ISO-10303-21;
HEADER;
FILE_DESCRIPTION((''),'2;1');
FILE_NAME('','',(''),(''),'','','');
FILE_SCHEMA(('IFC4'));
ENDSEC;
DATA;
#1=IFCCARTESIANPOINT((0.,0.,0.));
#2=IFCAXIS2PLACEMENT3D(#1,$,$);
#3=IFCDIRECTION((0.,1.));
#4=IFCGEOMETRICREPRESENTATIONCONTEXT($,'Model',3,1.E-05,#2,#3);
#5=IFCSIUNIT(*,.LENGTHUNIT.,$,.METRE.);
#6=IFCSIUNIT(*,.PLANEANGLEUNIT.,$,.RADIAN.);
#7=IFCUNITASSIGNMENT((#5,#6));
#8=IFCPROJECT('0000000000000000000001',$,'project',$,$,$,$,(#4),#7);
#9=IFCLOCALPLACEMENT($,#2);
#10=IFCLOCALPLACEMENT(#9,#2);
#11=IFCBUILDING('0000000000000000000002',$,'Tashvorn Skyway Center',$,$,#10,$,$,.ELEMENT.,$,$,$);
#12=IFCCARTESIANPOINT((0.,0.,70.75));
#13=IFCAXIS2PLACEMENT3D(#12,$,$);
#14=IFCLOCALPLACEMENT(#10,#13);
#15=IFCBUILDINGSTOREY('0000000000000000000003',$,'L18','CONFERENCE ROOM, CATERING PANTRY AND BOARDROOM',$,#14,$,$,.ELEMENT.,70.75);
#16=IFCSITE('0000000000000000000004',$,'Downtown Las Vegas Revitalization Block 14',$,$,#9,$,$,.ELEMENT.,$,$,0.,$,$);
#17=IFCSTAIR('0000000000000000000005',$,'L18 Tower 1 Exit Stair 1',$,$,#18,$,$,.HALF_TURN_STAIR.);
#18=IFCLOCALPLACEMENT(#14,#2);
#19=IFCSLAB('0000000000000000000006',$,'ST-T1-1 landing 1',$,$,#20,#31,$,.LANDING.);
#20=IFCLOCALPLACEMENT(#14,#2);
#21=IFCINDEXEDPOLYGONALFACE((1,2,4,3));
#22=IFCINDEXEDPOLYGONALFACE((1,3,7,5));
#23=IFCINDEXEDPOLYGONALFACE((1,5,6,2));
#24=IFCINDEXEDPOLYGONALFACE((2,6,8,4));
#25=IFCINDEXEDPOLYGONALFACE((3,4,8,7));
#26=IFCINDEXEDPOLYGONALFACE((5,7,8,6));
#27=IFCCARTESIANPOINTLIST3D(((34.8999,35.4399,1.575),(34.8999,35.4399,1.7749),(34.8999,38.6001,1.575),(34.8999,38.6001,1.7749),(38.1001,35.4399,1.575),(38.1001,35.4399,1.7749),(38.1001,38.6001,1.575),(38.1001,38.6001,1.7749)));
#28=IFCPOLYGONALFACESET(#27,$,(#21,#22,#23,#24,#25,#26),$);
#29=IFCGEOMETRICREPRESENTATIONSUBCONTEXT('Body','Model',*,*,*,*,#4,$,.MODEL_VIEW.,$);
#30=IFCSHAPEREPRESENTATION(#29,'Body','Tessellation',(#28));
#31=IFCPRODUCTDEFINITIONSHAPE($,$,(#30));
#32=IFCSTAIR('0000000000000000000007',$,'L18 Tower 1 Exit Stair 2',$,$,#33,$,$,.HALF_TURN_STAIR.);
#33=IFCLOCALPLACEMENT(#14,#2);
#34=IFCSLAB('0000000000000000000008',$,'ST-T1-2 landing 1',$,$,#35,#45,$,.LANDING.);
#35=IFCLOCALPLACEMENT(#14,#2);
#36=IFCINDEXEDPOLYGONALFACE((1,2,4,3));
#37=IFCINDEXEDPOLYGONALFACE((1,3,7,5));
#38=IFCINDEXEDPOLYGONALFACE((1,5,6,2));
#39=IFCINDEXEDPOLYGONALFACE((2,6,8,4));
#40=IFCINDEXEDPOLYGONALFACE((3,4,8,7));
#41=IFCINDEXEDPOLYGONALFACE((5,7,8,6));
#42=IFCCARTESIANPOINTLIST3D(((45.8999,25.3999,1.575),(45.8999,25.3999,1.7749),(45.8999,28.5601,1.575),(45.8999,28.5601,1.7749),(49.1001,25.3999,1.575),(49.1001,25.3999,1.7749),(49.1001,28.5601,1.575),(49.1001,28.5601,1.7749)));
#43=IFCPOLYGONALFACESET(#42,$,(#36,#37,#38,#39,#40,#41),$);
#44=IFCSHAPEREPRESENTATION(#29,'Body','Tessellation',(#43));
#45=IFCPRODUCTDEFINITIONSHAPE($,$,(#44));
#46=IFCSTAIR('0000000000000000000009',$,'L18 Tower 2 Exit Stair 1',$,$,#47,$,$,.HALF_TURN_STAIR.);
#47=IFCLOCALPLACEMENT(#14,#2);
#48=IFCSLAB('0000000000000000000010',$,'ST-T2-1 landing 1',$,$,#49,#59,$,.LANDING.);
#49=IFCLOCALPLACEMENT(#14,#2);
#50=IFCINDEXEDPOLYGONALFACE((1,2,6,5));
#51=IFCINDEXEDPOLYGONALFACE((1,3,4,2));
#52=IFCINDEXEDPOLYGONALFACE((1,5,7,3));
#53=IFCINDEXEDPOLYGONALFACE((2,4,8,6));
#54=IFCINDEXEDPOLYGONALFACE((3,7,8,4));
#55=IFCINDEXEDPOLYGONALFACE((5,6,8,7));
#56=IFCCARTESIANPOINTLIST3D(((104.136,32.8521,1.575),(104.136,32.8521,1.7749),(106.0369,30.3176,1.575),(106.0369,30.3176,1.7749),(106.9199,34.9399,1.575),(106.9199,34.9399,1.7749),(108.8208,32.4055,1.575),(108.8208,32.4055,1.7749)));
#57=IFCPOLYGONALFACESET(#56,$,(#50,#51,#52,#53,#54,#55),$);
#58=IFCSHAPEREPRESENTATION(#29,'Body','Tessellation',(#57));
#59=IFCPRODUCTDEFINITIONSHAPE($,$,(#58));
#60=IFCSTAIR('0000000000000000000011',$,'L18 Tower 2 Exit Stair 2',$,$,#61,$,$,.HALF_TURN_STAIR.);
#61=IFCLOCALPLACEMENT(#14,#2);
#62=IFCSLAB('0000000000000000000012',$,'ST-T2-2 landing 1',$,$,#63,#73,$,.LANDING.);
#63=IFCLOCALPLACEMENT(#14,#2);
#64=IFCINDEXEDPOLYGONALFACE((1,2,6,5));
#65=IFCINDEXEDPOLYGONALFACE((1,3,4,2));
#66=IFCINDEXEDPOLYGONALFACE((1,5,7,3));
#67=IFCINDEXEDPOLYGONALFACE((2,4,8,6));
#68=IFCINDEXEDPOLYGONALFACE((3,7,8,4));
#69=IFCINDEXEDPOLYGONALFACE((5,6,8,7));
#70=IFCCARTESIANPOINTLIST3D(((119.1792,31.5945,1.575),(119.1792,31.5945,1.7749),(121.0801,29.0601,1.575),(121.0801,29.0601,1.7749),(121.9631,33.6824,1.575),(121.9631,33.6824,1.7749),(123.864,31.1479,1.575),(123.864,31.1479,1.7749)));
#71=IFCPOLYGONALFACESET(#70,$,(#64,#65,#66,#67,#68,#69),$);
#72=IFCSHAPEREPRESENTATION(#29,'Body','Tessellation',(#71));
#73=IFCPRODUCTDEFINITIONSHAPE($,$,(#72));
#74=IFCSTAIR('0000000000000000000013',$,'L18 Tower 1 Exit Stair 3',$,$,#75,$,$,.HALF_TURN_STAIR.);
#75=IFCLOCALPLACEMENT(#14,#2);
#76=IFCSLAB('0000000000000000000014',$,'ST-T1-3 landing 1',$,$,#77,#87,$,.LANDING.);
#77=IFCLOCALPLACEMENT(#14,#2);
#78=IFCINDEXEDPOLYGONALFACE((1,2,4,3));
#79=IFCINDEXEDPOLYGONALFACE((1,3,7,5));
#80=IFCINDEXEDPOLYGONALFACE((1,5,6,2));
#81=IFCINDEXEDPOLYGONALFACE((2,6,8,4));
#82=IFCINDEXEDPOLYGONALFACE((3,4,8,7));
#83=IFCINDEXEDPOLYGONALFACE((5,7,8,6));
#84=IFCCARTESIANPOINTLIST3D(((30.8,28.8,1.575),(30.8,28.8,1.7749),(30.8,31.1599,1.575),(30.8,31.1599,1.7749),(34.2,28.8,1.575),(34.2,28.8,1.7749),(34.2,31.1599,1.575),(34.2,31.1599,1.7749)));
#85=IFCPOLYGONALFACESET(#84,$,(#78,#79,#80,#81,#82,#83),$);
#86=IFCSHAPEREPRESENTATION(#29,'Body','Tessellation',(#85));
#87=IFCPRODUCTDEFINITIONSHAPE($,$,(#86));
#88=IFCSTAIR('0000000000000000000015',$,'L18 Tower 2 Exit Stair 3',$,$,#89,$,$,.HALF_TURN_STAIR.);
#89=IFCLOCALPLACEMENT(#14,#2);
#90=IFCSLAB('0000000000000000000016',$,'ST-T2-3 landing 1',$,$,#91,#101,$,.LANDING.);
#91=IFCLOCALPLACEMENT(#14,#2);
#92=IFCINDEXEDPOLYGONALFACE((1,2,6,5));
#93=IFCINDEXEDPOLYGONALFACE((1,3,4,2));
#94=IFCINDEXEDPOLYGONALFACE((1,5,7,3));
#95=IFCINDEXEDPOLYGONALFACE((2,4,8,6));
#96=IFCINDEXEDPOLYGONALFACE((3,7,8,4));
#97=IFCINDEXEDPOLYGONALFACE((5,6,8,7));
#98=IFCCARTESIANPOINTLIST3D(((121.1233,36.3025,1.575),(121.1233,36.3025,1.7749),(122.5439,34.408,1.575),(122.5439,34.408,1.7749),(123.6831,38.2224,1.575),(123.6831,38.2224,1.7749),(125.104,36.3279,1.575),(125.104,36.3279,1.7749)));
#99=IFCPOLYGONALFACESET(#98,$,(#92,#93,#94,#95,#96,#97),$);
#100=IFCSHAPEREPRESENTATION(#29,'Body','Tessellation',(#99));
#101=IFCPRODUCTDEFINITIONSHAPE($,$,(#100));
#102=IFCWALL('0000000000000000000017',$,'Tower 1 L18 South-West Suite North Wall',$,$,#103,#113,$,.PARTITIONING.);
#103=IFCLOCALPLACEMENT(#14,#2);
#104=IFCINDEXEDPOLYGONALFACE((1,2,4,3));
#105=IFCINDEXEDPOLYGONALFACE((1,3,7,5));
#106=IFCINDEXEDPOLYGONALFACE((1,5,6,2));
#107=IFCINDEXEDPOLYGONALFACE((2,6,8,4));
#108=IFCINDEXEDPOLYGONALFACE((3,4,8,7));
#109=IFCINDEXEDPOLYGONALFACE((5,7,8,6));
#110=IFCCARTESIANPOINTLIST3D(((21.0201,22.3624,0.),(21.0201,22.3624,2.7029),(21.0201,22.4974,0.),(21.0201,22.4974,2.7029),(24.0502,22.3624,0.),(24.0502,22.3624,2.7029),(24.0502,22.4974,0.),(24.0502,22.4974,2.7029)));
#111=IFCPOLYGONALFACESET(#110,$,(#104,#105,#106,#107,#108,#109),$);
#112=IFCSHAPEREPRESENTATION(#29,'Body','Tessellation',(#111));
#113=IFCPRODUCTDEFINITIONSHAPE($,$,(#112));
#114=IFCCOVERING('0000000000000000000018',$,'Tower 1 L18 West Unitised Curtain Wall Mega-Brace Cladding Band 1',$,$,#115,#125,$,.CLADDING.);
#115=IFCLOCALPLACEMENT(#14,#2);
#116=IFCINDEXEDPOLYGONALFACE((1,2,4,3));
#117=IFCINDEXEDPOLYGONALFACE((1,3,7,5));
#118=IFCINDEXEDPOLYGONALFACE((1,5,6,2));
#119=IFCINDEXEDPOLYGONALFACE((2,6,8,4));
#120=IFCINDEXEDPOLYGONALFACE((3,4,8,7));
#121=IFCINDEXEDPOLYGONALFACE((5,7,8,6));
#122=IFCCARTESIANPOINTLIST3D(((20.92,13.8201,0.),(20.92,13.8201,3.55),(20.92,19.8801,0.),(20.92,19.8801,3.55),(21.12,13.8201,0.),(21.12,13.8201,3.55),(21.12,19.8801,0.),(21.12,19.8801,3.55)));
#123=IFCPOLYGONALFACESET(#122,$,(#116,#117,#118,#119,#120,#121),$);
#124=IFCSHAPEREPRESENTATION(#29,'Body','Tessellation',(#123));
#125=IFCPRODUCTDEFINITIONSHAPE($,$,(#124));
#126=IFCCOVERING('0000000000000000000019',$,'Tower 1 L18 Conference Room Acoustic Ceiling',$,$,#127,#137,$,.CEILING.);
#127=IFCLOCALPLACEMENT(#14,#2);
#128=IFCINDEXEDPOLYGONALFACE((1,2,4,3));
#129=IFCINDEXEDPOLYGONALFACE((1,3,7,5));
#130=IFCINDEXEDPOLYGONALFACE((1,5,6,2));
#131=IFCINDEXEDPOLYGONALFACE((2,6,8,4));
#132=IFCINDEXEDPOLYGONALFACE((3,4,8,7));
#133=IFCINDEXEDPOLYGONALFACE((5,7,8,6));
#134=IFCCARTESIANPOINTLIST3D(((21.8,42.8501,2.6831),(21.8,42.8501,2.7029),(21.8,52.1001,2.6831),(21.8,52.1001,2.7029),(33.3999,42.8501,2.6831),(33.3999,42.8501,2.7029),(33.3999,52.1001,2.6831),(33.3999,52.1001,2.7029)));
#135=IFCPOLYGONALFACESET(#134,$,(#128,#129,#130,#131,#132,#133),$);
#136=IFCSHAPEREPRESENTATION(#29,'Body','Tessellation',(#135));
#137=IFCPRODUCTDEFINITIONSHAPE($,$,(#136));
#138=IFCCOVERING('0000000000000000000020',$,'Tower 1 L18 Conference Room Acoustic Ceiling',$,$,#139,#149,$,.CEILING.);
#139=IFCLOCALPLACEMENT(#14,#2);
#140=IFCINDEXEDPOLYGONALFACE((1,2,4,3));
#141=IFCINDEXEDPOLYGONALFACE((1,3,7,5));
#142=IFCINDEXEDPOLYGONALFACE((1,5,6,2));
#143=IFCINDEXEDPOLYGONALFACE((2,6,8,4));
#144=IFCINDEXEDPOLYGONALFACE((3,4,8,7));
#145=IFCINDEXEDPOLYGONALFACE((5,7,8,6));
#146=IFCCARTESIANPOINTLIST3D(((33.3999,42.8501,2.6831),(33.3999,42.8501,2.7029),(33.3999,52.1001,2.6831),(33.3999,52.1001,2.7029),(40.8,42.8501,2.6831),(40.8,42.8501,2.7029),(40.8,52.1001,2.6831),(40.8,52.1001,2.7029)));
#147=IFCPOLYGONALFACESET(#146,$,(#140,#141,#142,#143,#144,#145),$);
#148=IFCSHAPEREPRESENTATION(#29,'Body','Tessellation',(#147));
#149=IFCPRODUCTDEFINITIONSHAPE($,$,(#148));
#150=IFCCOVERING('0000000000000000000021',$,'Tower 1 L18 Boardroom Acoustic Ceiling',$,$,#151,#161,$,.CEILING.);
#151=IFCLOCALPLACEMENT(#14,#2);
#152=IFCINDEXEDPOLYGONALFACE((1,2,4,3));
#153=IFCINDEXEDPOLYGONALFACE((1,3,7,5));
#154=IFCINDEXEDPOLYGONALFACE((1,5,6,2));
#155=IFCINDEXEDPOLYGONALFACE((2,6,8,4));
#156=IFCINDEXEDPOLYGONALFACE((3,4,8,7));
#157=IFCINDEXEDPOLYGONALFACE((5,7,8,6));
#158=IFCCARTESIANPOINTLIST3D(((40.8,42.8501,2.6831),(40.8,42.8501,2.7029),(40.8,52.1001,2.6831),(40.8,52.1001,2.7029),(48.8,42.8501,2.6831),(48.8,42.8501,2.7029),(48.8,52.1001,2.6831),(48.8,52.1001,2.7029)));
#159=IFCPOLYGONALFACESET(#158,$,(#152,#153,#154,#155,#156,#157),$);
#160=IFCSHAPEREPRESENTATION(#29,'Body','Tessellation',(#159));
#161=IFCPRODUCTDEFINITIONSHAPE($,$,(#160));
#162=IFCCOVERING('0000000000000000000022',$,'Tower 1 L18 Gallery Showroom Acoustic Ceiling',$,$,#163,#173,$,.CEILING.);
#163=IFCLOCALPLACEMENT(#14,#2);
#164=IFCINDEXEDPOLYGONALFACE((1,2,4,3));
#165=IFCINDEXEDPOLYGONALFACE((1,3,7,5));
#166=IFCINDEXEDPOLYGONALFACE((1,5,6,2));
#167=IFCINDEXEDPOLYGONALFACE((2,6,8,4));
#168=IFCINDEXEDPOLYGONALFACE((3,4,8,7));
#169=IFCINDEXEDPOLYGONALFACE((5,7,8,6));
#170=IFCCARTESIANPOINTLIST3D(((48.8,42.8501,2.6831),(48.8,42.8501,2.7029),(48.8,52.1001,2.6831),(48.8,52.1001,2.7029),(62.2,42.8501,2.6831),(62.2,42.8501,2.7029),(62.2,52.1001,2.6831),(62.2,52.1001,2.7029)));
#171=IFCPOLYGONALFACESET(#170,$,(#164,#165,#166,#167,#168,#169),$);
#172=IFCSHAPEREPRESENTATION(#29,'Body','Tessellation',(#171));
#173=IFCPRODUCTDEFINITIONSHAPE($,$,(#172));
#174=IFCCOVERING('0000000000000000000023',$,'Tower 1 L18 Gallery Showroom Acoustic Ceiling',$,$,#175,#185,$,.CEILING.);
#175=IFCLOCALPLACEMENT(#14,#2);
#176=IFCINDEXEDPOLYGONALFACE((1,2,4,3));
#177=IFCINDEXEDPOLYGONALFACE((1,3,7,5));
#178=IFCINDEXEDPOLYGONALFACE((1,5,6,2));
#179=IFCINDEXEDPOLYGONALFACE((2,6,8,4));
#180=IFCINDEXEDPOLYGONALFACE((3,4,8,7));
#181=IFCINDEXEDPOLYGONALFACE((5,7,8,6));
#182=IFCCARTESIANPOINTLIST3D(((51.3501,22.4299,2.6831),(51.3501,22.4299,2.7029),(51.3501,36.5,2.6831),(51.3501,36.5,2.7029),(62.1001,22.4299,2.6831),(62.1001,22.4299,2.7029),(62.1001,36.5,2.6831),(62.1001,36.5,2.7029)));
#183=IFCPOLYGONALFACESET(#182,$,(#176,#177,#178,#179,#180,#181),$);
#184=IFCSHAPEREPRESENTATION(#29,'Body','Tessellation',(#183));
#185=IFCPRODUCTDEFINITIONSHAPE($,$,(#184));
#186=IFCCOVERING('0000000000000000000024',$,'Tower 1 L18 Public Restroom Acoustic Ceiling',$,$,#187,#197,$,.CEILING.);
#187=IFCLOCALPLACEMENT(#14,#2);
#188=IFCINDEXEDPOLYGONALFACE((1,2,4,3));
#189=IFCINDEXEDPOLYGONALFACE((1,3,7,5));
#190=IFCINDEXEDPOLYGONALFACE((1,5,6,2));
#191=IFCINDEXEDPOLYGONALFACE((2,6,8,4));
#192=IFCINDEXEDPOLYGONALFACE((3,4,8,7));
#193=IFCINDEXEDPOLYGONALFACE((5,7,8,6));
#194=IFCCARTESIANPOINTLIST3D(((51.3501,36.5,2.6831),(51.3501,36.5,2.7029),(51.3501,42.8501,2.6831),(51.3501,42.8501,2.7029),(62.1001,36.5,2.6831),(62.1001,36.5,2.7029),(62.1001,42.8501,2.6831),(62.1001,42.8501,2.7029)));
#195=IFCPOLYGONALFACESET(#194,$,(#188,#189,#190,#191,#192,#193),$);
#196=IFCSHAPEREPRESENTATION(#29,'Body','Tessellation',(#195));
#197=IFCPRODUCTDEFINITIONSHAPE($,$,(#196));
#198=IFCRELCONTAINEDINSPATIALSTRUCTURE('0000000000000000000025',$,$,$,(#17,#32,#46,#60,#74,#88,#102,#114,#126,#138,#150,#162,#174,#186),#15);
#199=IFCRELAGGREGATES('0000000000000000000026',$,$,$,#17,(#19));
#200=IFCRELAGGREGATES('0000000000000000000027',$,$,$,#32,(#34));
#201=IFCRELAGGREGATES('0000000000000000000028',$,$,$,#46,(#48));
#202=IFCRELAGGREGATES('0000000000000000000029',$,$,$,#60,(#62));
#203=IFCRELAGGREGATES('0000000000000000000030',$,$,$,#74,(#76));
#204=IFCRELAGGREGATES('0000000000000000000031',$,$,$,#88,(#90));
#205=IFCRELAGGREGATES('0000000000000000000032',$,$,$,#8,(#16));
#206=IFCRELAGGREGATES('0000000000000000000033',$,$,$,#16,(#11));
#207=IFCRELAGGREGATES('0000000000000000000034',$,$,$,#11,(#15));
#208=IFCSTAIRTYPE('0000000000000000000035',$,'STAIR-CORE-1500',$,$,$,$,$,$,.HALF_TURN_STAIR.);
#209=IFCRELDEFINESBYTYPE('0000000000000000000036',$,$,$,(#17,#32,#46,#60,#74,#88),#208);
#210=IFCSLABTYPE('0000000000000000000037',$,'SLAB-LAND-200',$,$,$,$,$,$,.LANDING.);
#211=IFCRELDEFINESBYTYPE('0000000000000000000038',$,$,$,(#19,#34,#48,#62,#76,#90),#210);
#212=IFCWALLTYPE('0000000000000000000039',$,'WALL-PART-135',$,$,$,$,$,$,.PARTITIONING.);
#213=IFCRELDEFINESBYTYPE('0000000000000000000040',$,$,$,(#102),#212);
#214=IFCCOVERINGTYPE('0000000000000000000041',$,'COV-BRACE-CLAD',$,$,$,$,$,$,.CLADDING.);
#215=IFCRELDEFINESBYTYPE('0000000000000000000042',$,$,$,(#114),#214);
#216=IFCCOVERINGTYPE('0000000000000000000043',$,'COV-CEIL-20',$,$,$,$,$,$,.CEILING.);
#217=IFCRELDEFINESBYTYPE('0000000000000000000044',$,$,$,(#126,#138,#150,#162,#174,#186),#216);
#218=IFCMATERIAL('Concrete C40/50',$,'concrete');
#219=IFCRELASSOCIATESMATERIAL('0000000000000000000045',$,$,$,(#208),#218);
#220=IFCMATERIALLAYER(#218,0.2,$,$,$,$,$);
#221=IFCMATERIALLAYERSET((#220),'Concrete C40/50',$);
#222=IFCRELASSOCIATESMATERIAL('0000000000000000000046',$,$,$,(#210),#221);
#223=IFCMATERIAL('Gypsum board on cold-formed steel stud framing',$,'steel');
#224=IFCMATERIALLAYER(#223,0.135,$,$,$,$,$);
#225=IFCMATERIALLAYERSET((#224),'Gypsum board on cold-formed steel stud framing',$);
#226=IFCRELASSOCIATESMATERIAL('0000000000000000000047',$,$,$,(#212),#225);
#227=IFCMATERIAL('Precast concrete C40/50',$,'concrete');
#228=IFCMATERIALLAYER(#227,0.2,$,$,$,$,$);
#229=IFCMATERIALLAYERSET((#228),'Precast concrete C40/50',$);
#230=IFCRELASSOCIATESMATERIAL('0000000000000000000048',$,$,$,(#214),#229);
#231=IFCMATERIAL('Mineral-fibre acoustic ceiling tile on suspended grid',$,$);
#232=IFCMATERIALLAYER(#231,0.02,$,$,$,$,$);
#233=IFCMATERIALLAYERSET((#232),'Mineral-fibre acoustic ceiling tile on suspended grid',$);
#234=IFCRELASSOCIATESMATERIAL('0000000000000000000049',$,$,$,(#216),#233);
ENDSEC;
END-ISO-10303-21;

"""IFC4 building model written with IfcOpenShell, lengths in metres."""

from ifc_helpers import new_model, si_unit, direction, frame, frame_2d, origin, origin_2d, place, context, subcontext, project, spatial, polyline, rectangle, outline, extrude, material, layer, layer_set, type_object, element, aggregate, save


model = new_model("IFC4")

# Units and contexts
model_context = context("Model", 3, precision=1e-05, world=origin(), true_north=direction((0.0, 1.0)))
body_context = subcontext(model_context, "Body", "Model", "MODEL_VIEW")
ifc_project = project(units=[si_unit("LENGTHUNIT", "METRE"), si_unit("PLANEANGLEUNIT", "RADIAN")], contexts=[model_context])

# Site, building, storey
site_placement = place(None, origin())
site = spatial("IfcSite", under=ifc_project, at=site_placement, Name="Downtown Las Vegas Revitalization Block 14", CompositionType="ELEMENT", RefElevation=0.0)
building_placement = place(site_placement, origin())
building = spatial("IfcBuilding", under=site, at=building_placement, Name="Tashvorn Skyway Center", CompositionType="ELEMENT")
storey_placement = place(building_placement, frame((0.0, 0.0, 70.75)))
storey = spatial("IfcBuildingStorey", under=building, at=storey_placement, Name="L18", Description="CONFERENCE ROOM, CATERING PANTRY AND BOARDROOM", CompositionType="ELEMENT", Elevation=70.75)

# Shared definitions
ifc_material_1 = material(Name="Concrete C40/50", Category="concrete")

# Stairs, slabs
stair_type = type_object("IfcStairType", Name="STAIR-CORE-1500", PredefinedType="HALF_TURN_STAIR", material=ifc_material_1)
stair_1_placement = place(storey_placement, origin())
stair_1 = element("IfcStair", 1, at=stair_1_placement, inside=storey, type_object=stair_type, Name="L18 Tower 1 Exit Stair 1", PredefinedType="HALF_TURN_STAIR")
ifc_layer_1 = layer(ifc_material_1, 0.2)
ifc_layer_set_1 = layer_set([ifc_layer_1], Name="Concrete C40/50")
slab_type_1 = type_object("IfcSlabType", Name="SLAB-LAND-200", PredefinedType="LANDING", material=ifc_layer_set_1)
slab_1_placement = place(storey_placement, frame((0.0, 0.0, 1.575)))
slab_1 = element("IfcSlab", 2, at=slab_1_placement, type_object=slab_type_1, Name="ST-T1-1 landing 1", PredefinedType="LANDING", context=body_context, shape_type="SweptSolid", body=[
    extrude(outline(polyline([(38.1001, 35.4399), (38.1001, 38.6001), (34.8999, 38.6001), (34.8999, 35.4399), (38.1001, 35.4399)])), origin(), (0.0, 0.0, 1.0), 0.2),
])
aggregate(stair_1, [slab_1])
stair_2_placement = place(storey_placement, origin())
stair_2 = element("IfcStair", 3, at=stair_2_placement, inside=storey, type_object=stair_type, Name="L18 Tower 1 Exit Stair 2", PredefinedType="HALF_TURN_STAIR")
slab_2_placement = place(storey_placement, frame((0.0, 0.0, 1.575)))
slab_2 = element("IfcSlab", 4, at=slab_2_placement, type_object=slab_type_1, Name="ST-T1-2 landing 1", PredefinedType="LANDING", context=body_context, shape_type="SweptSolid", body=[
    extrude(outline(polyline([(45.8999, 28.5601), (45.8999, 25.3999), (49.1001, 25.3999), (49.1001, 28.5601), (45.8999, 28.5601)])), origin(), (0.0, 0.0, 1.0), 0.2),
])
aggregate(stair_2, [slab_2])
stair_3_placement = place(storey_placement, origin())
stair_3 = element("IfcStair", 5, at=stair_3_placement, inside=storey, type_object=stair_type, Name="L18 Tower 2 Exit Stair 1", PredefinedType="HALF_TURN_STAIR")
slab_3_placement = place(storey_placement, frame((0.0, 0.0, 1.575)))
slab_3 = element("IfcSlab", 6, at=slab_3_placement, type_object=slab_type_1, Name="ST-T2-1 landing 1", PredefinedType="LANDING", context=body_context, shape_type="SweptSolid", body=[
    extrude(outline(polyline([(108.8208, 32.4055), (106.9199, 34.9399), (104.136, 32.8521), (106.0369, 30.3176), (108.8208, 32.4055)])), origin(), (0.0, 0.0, 1.0), 0.2),
])
aggregate(stair_3, [slab_3])
stair_4_placement = place(storey_placement, origin())
stair_4 = element("IfcStair", 7, at=stair_4_placement, inside=storey, type_object=stair_type, Name="L18 Tower 2 Exit Stair 2", PredefinedType="HALF_TURN_STAIR")
slab_4_placement = place(storey_placement, frame((0.0, 0.0, 1.575)))
slab_4 = element("IfcSlab", 8, at=slab_4_placement, type_object=slab_type_1, Name="ST-T2-2 landing 1", PredefinedType="LANDING", context=body_context, shape_type="SweptSolid", body=[
    extrude(outline(polyline([(119.1792, 31.5945), (121.0801, 29.0601), (123.864, 31.1479), (121.9631, 33.6824), (119.1792, 31.5945)])), origin(), (0.0, 0.0, 1.0), 0.2),
])
aggregate(stair_4, [slab_4])
stair_5_placement = place(storey_placement, origin())
stair_5 = element("IfcStair", 9, at=stair_5_placement, inside=storey, type_object=stair_type, Name="L18 Tower 1 Exit Stair 3", PredefinedType="HALF_TURN_STAIR")
slab_5_placement = place(storey_placement, frame((0.0, 0.0, 1.575)))
slab_5 = element("IfcSlab", 10, at=slab_5_placement, type_object=slab_type_1, Name="ST-T1-3 landing 1", PredefinedType="LANDING", context=body_context, shape_type="SweptSolid", body=[
    extrude(outline(polyline([(30.8, 31.1599), (30.8, 28.8), (34.2, 28.8), (34.2, 31.1599), (30.8, 31.1599)])), origin(), (0.0, 0.0, 1.0), 0.2),
])
aggregate(stair_5, [slab_5])
stair_6_placement = place(storey_placement, origin())
stair_6 = element("IfcStair", 11, at=stair_6_placement, inside=storey, type_object=stair_type, Name="L18 Tower 2 Exit Stair 3", PredefinedType="HALF_TURN_STAIR")
slab_6_placement = place(storey_placement, frame((0.0, 0.0, 1.575)))
slab_6 = element("IfcSlab", 12, at=slab_6_placement, type_object=slab_type_1, Name="ST-T2-3 landing 1", PredefinedType="LANDING", context=body_context, shape_type="SweptSolid", body=[
    extrude(outline(polyline([(121.1233, 36.3025), (122.5439, 34.408), (125.104, 36.3279), (123.6831, 38.2224), (121.1233, 36.3025)])), origin(), (0.0, 0.0, 1.0), 0.2),
])
aggregate(stair_6, [slab_6])

# Wall
ifc_material_2 = material(Name="Gypsum board on cold-formed steel stud framing", Category="steel")
ifc_layer_2 = layer(ifc_material_2, 0.135)
ifc_layer_set_2 = layer_set([ifc_layer_2], Name="Gypsum board on cold-formed steel stud framing")
wall_type = type_object("IfcWallType", Name="WALL-PART-135", PredefinedType="PARTITIONING", material=ifc_layer_set_2)
wall_placement = place(storey_placement, frame((21.02, 22.4299, 0.0), z_axis=(0.0, 0.0, 1.0), x_axis=(1.0, 0.0, 0.0)))
element("IfcWall", 13, at=wall_placement, inside=storey, type_object=wall_type, Name="Tower 1 L18 South-West Suite North Wall", PredefinedType="PARTITIONING", context=body_context, shape_type="SweptSolid", body=[
    extrude(rectangle(XDim=3.03, YDim=0.135, at=frame_2d((1.5151, 0.0))), origin(), (0.0, 0.0, 1.0), 2.7029),
])

# Coverings
ifc_material_3 = material(Name="Precast concrete C40/50", Category="concrete")
ifc_layer_3 = layer(ifc_material_3, 0.2)
ifc_layer_set_3 = layer_set([ifc_layer_3], Name="Precast concrete C40/50")
covering_type_1 = type_object("IfcCoveringType", Name="COV-BRACE-CLAD", PredefinedType="CLADDING", material=ifc_layer_set_3)
covering_1_placement = place(storey_placement, frame((21.02, 16.8501, 0.0), z_axis=(0.0, 0.0, 1.0), x_axis=(0.0, 1.0, 0.0)))
element("IfcCovering", 14, at=covering_1_placement, inside=storey, type_object=covering_type_1, Name="Tower 1 L18 West Unitised Curtain Wall Mega-Brace Cladding Band 1", PredefinedType="CLADDING", context=body_context, shape_type="SweptSolid", body=[
    extrude(rectangle(XDim=6.0601, YDim=0.2, at=origin_2d()), origin(), (0.0, 0.0, 1.0), 3.55),
])
ifc_material_4 = material(Name="Mineral-fibre acoustic ceiling tile on suspended grid")
ifc_layer_4 = layer(ifc_material_4, 0.02)
ifc_layer_set_4 = layer_set([ifc_layer_4], Name="Mineral-fibre acoustic ceiling tile on suspended grid")
covering_type_2 = type_object("IfcCoveringType", Name="COV-CEIL-20", PredefinedType="CEILING", material=ifc_layer_set_4)
covering_2_placement = place(storey_placement, frame((0.0, 0.0, 2.6831)))
element("IfcCovering", 15, at=covering_2_placement, inside=storey, type_object=covering_type_2, Name="Tower 1 L18 Conference Room Acoustic Ceiling", PredefinedType="CEILING", context=body_context, shape_type="SweptSolid", body=[
    extrude(outline(polyline([(21.8, 42.8501), (33.3999, 42.8501), (33.3999, 52.1001), (21.8, 52.1001), (21.8, 42.8501)])), origin(), (0.0, 0.0, 1.0), 0.0198),
])
covering_3_placement = place(storey_placement, frame((0.0, 0.0, 2.6831)))
element("IfcCovering", 16, at=covering_3_placement, inside=storey, type_object=covering_type_2, Name="Tower 1 L18 Conference Room Acoustic Ceiling", PredefinedType="CEILING", context=body_context, shape_type="SweptSolid", body=[
    extrude(outline(polyline([(33.3999, 42.8501), (40.8, 42.8501), (40.8, 52.1001), (33.3999, 52.1001), (33.3999, 42.8501)])), origin(), (0.0, 0.0, 1.0), 0.0198),
])
covering_4_placement = place(storey_placement, frame((0.0, 0.0, 2.6831)))
element("IfcCovering", 17, at=covering_4_placement, inside=storey, type_object=covering_type_2, Name="Tower 1 L18 Boardroom Acoustic Ceiling", PredefinedType="CEILING", context=body_context, shape_type="SweptSolid", body=[
    extrude(outline(polyline([(40.8, 42.8501), (48.8, 42.8501), (48.8, 52.1001), (40.8, 52.1001), (40.8, 42.8501)])), origin(), (0.0, 0.0, 1.0), 0.0198),
])
covering_5_placement = place(storey_placement, frame((0.0, 0.0, 2.6831)))
element("IfcCovering", 18, at=covering_5_placement, inside=storey, type_object=covering_type_2, Name="Tower 1 L18 Gallery Showroom Acoustic Ceiling", PredefinedType="CEILING", context=body_context, shape_type="SweptSolid", body=[
    extrude(outline(polyline([(48.8, 42.8501), (62.2, 42.8501), (62.2, 52.1001), (48.8, 52.1001), (48.8, 42.8501)])), origin(), (0.0, 0.0, 1.0), 0.0198),
])
covering_6_placement = place(storey_placement, frame((0.0, 0.0, 2.6831)))
element("IfcCovering", 19, at=covering_6_placement, inside=storey, type_object=covering_type_2, Name="Tower 1 L18 Gallery Showroom Acoustic Ceiling", PredefinedType="CEILING", context=body_context, shape_type="SweptSolid", body=[
    extrude(outline(polyline([(51.3501, 22.4299), (62.1001, 22.4299), (62.1001, 36.5), (51.3501, 36.5), (51.3501, 22.4299)])), origin(), (0.0, 0.0, 1.0), 0.0198),
])
covering_7_placement = place(storey_placement, frame((0.0, 0.0, 2.6831)))
element("IfcCovering", 20, at=covering_7_placement, inside=storey, type_object=covering_type_2, Name="Tower 1 L18 Public Restroom Acoustic Ceiling", PredefinedType="CEILING", context=body_context, shape_type="SweptSolid", body=[
    extrude(outline(polyline([(51.3501, 36.5), (62.1001, 36.5), (62.1001, 42.8501), (51.3501, 42.8501), (51.3501, 36.5)])), origin(), (0.0, 0.0, 1.0), 0.0198),
])

save(model, "model.ifc")
